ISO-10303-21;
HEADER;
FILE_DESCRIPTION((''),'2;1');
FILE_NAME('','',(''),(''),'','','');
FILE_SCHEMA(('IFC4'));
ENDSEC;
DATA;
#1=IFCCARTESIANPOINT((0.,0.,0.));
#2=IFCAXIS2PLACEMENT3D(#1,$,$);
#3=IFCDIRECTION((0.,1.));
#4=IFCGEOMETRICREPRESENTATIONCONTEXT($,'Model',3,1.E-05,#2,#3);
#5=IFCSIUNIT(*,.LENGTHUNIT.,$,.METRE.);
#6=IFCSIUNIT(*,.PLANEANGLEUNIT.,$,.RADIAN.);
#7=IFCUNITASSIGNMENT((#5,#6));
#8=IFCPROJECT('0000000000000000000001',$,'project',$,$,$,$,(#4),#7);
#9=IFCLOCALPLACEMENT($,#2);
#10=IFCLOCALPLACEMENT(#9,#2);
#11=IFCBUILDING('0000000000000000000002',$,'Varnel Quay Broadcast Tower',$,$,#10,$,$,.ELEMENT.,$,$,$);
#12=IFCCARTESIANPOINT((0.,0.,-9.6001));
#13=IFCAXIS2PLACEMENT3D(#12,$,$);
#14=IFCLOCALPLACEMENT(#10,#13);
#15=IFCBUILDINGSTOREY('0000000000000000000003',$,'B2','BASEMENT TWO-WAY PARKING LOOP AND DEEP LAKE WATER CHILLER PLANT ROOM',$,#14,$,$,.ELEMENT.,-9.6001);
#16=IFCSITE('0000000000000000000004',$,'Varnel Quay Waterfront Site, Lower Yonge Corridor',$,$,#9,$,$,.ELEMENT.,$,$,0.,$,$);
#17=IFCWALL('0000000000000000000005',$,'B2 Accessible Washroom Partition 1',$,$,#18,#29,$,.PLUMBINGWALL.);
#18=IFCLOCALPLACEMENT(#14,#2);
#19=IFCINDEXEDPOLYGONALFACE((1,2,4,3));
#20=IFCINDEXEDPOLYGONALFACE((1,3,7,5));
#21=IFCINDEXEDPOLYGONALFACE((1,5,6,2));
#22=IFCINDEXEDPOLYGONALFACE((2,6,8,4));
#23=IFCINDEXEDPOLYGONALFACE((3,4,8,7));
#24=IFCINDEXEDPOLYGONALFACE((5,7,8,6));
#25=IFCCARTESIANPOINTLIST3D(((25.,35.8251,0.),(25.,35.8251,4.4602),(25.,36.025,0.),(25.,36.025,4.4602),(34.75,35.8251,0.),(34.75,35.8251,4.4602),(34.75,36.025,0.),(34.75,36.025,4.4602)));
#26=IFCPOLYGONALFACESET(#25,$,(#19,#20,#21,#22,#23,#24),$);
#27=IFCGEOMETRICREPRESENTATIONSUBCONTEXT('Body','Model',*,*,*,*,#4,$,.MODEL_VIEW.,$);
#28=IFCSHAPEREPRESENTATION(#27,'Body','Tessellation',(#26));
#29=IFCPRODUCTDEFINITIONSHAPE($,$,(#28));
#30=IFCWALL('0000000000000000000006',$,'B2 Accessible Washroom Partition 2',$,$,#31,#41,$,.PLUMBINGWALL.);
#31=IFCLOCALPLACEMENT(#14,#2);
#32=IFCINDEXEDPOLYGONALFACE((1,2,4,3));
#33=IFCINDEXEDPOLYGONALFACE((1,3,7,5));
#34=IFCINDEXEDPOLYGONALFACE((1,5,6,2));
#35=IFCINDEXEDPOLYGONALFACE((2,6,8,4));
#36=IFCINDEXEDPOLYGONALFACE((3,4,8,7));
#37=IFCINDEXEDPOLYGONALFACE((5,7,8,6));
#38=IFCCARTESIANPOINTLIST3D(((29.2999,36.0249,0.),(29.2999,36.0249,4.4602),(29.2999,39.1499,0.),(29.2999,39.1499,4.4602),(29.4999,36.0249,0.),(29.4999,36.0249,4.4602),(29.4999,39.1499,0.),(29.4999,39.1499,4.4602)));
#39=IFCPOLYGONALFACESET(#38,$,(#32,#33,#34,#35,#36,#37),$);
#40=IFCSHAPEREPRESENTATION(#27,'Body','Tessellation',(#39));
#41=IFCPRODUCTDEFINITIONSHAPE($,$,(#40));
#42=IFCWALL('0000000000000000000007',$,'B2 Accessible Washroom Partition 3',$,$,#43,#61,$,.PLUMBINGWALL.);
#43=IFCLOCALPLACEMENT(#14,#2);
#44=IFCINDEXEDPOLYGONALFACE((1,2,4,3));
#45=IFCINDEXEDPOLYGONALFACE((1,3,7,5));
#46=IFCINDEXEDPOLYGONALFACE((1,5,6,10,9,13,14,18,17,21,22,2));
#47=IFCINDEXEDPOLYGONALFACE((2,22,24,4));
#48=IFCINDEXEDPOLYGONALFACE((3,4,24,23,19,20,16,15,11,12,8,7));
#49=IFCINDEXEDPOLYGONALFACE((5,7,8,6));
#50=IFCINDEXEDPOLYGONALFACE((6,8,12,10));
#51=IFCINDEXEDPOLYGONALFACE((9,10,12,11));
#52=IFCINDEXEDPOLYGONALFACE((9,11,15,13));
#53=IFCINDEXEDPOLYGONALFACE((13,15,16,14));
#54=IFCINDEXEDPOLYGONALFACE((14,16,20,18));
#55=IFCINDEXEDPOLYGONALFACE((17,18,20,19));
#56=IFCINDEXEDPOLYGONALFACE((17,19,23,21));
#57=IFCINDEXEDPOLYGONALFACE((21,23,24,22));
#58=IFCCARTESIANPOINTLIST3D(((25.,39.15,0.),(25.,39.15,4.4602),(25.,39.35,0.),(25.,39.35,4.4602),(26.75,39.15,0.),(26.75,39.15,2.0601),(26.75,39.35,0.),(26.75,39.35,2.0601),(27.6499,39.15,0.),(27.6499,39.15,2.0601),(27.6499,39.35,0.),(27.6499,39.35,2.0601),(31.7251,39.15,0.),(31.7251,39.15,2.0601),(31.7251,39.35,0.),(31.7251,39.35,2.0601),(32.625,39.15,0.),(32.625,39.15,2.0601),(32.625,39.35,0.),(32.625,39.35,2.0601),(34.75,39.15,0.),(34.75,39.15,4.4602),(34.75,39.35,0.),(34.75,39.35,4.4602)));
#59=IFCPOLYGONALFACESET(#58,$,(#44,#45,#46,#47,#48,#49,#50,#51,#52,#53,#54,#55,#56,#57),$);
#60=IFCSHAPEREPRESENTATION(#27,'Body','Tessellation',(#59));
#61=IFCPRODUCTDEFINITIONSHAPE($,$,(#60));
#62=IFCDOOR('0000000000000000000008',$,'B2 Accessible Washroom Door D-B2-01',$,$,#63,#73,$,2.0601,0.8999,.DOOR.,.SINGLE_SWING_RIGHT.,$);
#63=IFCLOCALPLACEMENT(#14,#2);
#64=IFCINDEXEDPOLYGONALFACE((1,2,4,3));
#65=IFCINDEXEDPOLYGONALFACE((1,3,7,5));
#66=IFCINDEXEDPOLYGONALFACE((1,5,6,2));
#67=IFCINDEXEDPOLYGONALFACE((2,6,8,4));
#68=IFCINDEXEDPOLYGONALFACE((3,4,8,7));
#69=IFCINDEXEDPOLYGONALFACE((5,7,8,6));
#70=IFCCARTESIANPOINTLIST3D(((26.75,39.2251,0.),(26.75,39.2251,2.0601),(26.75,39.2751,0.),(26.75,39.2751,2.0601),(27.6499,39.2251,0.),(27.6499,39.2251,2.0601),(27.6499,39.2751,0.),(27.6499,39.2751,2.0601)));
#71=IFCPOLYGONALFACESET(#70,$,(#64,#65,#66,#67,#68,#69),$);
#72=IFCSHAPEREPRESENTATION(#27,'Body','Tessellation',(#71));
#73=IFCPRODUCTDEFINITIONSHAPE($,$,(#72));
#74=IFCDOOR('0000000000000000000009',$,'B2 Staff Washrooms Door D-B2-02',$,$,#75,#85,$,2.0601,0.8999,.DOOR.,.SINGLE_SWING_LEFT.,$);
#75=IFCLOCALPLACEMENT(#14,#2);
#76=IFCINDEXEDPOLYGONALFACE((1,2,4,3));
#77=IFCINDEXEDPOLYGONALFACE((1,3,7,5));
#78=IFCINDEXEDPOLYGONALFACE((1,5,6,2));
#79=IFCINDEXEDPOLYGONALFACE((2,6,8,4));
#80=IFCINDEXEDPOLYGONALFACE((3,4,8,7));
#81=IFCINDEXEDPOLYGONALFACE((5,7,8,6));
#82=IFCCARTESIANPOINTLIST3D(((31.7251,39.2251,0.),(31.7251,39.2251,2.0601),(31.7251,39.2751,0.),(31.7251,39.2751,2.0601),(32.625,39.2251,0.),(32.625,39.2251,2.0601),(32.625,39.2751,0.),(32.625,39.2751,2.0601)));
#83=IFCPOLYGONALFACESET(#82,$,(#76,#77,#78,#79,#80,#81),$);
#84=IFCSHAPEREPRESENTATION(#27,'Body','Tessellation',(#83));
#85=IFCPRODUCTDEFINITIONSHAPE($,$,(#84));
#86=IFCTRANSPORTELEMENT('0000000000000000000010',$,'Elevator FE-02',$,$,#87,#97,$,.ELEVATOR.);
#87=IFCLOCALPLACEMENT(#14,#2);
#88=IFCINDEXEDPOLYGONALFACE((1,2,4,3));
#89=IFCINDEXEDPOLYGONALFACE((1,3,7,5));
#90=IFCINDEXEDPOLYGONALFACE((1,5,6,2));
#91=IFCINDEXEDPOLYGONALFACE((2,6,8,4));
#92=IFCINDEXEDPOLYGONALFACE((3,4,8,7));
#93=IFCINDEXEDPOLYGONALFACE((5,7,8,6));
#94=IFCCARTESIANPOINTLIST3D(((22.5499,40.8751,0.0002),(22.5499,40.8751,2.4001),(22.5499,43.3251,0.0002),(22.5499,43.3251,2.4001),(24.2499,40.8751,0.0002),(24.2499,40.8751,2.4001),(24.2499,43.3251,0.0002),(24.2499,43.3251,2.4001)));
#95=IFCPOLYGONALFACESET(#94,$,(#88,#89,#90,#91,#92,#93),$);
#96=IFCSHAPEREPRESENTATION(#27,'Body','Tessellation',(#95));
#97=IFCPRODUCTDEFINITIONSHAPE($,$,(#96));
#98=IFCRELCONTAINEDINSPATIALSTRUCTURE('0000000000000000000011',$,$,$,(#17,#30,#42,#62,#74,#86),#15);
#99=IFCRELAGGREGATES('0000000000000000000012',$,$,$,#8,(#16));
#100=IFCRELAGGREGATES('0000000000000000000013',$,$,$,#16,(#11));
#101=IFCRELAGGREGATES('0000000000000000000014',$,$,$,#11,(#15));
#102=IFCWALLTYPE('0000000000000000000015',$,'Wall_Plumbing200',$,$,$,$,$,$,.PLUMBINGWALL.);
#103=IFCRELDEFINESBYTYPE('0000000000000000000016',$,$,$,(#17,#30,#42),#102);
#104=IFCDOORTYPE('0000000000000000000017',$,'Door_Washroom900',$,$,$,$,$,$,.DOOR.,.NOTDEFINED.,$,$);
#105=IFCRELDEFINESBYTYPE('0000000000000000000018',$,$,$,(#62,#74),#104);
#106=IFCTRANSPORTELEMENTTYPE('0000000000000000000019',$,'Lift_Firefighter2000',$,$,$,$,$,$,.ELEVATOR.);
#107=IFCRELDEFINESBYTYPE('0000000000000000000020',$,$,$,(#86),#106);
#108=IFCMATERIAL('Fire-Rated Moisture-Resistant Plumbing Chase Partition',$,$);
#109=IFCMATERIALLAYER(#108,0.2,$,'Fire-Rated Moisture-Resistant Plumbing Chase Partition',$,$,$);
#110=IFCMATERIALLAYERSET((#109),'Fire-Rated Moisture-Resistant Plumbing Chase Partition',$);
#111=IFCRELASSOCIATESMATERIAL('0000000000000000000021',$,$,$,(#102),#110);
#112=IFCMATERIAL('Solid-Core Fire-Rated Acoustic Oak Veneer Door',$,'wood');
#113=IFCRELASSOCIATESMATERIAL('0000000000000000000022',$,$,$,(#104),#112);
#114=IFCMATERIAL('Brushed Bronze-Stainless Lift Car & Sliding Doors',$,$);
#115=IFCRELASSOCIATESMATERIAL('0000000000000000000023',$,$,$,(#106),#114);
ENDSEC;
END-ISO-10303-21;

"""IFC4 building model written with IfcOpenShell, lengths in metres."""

from ifc_helpers import new_model, si_unit, direction, frame, frame_2d, origin, origin_2d, place, context, subcontext, project, spatial, rectangle, extrude, source, transform, mapped, material, layer, layer_set, type_object, type_shapes, element, fill, save


model = new_model("IFC4")

# Units and contexts
model_context = context("Model", 3, precision=1e-05, world=origin(), true_north=direction((0.0, 1.0)))
body_context = subcontext(model_context, "Body", "Model", "MODEL_VIEW")
ifc_project = project(units=[si_unit("LENGTHUNIT", "METRE"), si_unit("PLANEANGLEUNIT", "RADIAN")], contexts=[model_context])

# Site, building, storey
site_placement = place(None, origin())
site = spatial("IfcSite", under=ifc_project, at=site_placement, Name="Varnel Quay Waterfront Site, Lower Yonge Corridor", CompositionType="ELEMENT", RefElevation=0.0)
building_placement = place(site_placement, origin())
building = spatial("IfcBuilding", under=site, at=building_placement, Name="Varnel Quay Broadcast Tower", CompositionType="ELEMENT")
storey_placement = place(building_placement, frame((0.0, 0.0, -9.6001)))
storey = spatial("IfcBuildingStorey", under=building, at=storey_placement, Name="B2", Description="BASEMENT TWO-WAY PARKING LOOP AND DEEP LAKE WATER CHILLER PLANT ROOM", CompositionType="ELEMENT", Elevation=-9.6001)

# Walls
ifc_material_1 = material(Name="Fire-Rated Moisture-Resistant Plumbing Chase Partition")
ifc_layer_1 = layer(ifc_material_1, 0.2, Name="Fire-Rated Moisture-Resistant Plumbing Chase Partition")
ifc_layer_set_1 = layer_set([ifc_layer_1], Name="Fire-Rated Moisture-Resistant Plumbing Chase Partition")
wall_type_1 = type_object("IfcWallType", Name="Wall_Plumbing200", PredefinedType="PLUMBINGWALL", material=ifc_layer_set_1)
wall_1_placement = place(storey_placement, frame((25.0, 35.925, 0.0), z_axis=(0.0, 0.0, 1.0), x_axis=(1.0, 0.0, 0.0)))
element("IfcWall", 1, at=wall_1_placement, inside=storey, type_object=wall_type_1, Name="B2 Accessible Washroom Partition 1", PredefinedType="PLUMBINGWALL", context=body_context, shape_type="SweptSolid", body=[
    extrude(rectangle(XDim=9.75, YDim=0.2, at=frame_2d((4.875, 0.0))), origin(), (0.0, 0.0, 1.0), 4.4602),
])
wall_2_placement = place(storey_placement, frame((29.3999, 36.0249, 0.0), z_axis=(0.0, 0.0, 1.0), x_axis=(0.0, 1.0, 0.0)))
element("IfcWall", 2, at=wall_2_placement, inside=storey, type_object=wall_type_1, Name="B2 Accessible Washroom Partition 2", PredefinedType="PLUMBINGWALL", context=body_context, shape_type="SweptSolid", body=[
    extrude(rectangle(XDim=3.125, YDim=0.2, at=frame_2d((1.5625, 0.0))), origin(), (0.0, 0.0, 1.0), 4.4602),
])

# Wall, openings, doors
wall_3_placement = place(storey_placement, frame((25.0, 39.25, 0.0), z_axis=(0.0, 0.0, 1.0), x_axis=(1.0, 0.0, 0.0)))
wall_3 = element("IfcWall", 3, at=wall_3_placement, inside=storey, type_object=wall_type_1, Name="B2 Accessible Washroom Partition 3", PredefinedType="PLUMBINGWALL", context=body_context, shape_type="SweptSolid", body=[
    extrude(rectangle(XDim=9.75, YDim=0.2, at=frame_2d((4.875, 0.0))), origin(), (0.0, 0.0, 1.0), 4.4602),
])
opening_1_placement = place(wall_3_placement, frame((1.75, 0.0, 0.0)))
opening_1 = element("IfcOpeningElement", 4, at=opening_1_placement, cuts=wall_3, PredefinedType="OPENING", context=body_context, shape_type="SweptSolid", body=[
    extrude(rectangle(XDim=0.8999, YDim=2.0601, at=frame_2d((0.45, 1.03))), frame((0.0, 0.1099, 0.0), z_axis=(0.0, -1.0, 0.0), x_axis=(1.0, 0.0, 0.0)), (0.0, 0.0, 1.0), 0.22),
])
opening_2_placement = place(wall_3_placement, frame((6.7251, 0.0, 0.0)))
opening_2 = element("IfcOpeningElement", 5, at=opening_2_placement, cuts=wall_3, PredefinedType="OPENING", context=body_context, shape_type="SweptSolid", body=[
    extrude(rectangle(XDim=0.8999, YDim=2.0601, at=frame_2d((0.45, 1.03))), frame((0.0, 0.1099, 0.0), z_axis=(0.0, -1.0, 0.0), x_axis=(1.0, 0.0, 0.0)), (0.0, 0.0, 1.0), 0.22),
])
ifc_material_2 = material(Name="Solid-Core Fire-Rated Acoustic Oak Veneer Door", Category="wood")
door_type_1 = type_object("IfcDoorType", Name="Door_Washroom900", OperationType="NOTDEFINED", PredefinedType="DOOR", material=ifc_material_2)
shared_shape_1 = source(origin(), body_context, "Body", "SweptSolid", [
    extrude(rectangle(XDim=0.8999, YDim=2.0601, at=frame_2d((0.45, 1.03))), frame((0.0, 0.0249, 0.0), z_axis=(0.0, -1.0, 0.0), x_axis=(1.0, 0.0, 0.0)), (0.0, 0.0, 1.0), 0.05),
])
type_shapes(door_type_1, [shared_shape_1])
door_1_placement = place(opening_1_placement, frame((0.8999, 0.0, 0.0), z_axis=(0.0, 0.0, 1.0), x_axis=(-1.0, 0.0, 0.0)))
door_1 = element("IfcDoor", 6, at=door_1_placement, inside=storey, type_object=door_type_1, Name="B2 Accessible Washroom Door D-B2-01", OperationType="SINGLE_SWING_RIGHT", OverallHeight=2.0601, OverallWidth=0.8999, PredefinedType="DOOR", context=body_context, shape_type="MappedRepresentation", body=[
    mapped(shared_shape_1, transform((0.0, 0.0, 0.0), x_axis=(1.0, 0.0, 0.0), y_axis=(0.0, 1.0, 0.0), z_axis=(0.0, 0.0, 1.0), scale=1.0)),
])
fill(opening_1, door_1)
door_2_placement = place(opening_2_placement, frame((0.8999, 0.0, 0.0), z_axis=(0.0, 0.0, 1.0), x_axis=(-1.0, 0.0, 0.0)))
door_2 = element("IfcDoor", 7, at=door_2_placement, inside=storey, type_object=door_type_1, Name="B2 Staff Washrooms Door D-B2-02", OperationType="SINGLE_SWING_LEFT", OverallHeight=2.0601, OverallWidth=0.8999, PredefinedType="DOOR", context=body_context, shape_type="MappedRepresentation", body=[
    mapped(shared_shape_1, transform((0.0, 0.0, 0.0), x_axis=(1.0, 0.0, 0.0), y_axis=(0.0, 1.0, 0.0), z_axis=(0.0, 0.0, 1.0), scale=1.0)),
])
fill(opening_2, door_2)

# Transport element
ifc_material_3 = material(Name="Brushed Bronze-Stainless Lift Car & Sliding Doors")
transport_element_type = type_object("IfcTransportElementType", Name="Lift_Firefighter2000", PredefinedType="ELEVATOR", material=ifc_material_3)
shared_shape_2 = source(origin(), body_context, "Body", "SweptSolid", [
    extrude(rectangle(XDim=1.7, YDim=2.45, at=origin_2d()), origin(), (0.0, 0.0, 1.0), 2.3999),
])
type_shapes(transport_element_type, [shared_shape_2])
transport_element_placement = place(storey_placement, frame((23.3999, 42.1001, 0.0002), z_axis=(0.0, 0.0, 1.0), x_axis=(1.0, 0.0, 0.0)))
element("IfcTransportElement", 8, at=transport_element_placement, inside=storey, type_object=transport_element_type, Name="Elevator FE-02", PredefinedType="ELEVATOR", context=body_context, shape_type="MappedRepresentation", body=[
    mapped(shared_shape_2, transform((0.0, 0.0, 0.0), x_axis=(1.0, 0.0, 0.0), y_axis=(0.0, 1.0, 0.0), z_axis=(0.0, 0.0, 1.0), scale=1.0)),
])

save(model, "model.ifc")
